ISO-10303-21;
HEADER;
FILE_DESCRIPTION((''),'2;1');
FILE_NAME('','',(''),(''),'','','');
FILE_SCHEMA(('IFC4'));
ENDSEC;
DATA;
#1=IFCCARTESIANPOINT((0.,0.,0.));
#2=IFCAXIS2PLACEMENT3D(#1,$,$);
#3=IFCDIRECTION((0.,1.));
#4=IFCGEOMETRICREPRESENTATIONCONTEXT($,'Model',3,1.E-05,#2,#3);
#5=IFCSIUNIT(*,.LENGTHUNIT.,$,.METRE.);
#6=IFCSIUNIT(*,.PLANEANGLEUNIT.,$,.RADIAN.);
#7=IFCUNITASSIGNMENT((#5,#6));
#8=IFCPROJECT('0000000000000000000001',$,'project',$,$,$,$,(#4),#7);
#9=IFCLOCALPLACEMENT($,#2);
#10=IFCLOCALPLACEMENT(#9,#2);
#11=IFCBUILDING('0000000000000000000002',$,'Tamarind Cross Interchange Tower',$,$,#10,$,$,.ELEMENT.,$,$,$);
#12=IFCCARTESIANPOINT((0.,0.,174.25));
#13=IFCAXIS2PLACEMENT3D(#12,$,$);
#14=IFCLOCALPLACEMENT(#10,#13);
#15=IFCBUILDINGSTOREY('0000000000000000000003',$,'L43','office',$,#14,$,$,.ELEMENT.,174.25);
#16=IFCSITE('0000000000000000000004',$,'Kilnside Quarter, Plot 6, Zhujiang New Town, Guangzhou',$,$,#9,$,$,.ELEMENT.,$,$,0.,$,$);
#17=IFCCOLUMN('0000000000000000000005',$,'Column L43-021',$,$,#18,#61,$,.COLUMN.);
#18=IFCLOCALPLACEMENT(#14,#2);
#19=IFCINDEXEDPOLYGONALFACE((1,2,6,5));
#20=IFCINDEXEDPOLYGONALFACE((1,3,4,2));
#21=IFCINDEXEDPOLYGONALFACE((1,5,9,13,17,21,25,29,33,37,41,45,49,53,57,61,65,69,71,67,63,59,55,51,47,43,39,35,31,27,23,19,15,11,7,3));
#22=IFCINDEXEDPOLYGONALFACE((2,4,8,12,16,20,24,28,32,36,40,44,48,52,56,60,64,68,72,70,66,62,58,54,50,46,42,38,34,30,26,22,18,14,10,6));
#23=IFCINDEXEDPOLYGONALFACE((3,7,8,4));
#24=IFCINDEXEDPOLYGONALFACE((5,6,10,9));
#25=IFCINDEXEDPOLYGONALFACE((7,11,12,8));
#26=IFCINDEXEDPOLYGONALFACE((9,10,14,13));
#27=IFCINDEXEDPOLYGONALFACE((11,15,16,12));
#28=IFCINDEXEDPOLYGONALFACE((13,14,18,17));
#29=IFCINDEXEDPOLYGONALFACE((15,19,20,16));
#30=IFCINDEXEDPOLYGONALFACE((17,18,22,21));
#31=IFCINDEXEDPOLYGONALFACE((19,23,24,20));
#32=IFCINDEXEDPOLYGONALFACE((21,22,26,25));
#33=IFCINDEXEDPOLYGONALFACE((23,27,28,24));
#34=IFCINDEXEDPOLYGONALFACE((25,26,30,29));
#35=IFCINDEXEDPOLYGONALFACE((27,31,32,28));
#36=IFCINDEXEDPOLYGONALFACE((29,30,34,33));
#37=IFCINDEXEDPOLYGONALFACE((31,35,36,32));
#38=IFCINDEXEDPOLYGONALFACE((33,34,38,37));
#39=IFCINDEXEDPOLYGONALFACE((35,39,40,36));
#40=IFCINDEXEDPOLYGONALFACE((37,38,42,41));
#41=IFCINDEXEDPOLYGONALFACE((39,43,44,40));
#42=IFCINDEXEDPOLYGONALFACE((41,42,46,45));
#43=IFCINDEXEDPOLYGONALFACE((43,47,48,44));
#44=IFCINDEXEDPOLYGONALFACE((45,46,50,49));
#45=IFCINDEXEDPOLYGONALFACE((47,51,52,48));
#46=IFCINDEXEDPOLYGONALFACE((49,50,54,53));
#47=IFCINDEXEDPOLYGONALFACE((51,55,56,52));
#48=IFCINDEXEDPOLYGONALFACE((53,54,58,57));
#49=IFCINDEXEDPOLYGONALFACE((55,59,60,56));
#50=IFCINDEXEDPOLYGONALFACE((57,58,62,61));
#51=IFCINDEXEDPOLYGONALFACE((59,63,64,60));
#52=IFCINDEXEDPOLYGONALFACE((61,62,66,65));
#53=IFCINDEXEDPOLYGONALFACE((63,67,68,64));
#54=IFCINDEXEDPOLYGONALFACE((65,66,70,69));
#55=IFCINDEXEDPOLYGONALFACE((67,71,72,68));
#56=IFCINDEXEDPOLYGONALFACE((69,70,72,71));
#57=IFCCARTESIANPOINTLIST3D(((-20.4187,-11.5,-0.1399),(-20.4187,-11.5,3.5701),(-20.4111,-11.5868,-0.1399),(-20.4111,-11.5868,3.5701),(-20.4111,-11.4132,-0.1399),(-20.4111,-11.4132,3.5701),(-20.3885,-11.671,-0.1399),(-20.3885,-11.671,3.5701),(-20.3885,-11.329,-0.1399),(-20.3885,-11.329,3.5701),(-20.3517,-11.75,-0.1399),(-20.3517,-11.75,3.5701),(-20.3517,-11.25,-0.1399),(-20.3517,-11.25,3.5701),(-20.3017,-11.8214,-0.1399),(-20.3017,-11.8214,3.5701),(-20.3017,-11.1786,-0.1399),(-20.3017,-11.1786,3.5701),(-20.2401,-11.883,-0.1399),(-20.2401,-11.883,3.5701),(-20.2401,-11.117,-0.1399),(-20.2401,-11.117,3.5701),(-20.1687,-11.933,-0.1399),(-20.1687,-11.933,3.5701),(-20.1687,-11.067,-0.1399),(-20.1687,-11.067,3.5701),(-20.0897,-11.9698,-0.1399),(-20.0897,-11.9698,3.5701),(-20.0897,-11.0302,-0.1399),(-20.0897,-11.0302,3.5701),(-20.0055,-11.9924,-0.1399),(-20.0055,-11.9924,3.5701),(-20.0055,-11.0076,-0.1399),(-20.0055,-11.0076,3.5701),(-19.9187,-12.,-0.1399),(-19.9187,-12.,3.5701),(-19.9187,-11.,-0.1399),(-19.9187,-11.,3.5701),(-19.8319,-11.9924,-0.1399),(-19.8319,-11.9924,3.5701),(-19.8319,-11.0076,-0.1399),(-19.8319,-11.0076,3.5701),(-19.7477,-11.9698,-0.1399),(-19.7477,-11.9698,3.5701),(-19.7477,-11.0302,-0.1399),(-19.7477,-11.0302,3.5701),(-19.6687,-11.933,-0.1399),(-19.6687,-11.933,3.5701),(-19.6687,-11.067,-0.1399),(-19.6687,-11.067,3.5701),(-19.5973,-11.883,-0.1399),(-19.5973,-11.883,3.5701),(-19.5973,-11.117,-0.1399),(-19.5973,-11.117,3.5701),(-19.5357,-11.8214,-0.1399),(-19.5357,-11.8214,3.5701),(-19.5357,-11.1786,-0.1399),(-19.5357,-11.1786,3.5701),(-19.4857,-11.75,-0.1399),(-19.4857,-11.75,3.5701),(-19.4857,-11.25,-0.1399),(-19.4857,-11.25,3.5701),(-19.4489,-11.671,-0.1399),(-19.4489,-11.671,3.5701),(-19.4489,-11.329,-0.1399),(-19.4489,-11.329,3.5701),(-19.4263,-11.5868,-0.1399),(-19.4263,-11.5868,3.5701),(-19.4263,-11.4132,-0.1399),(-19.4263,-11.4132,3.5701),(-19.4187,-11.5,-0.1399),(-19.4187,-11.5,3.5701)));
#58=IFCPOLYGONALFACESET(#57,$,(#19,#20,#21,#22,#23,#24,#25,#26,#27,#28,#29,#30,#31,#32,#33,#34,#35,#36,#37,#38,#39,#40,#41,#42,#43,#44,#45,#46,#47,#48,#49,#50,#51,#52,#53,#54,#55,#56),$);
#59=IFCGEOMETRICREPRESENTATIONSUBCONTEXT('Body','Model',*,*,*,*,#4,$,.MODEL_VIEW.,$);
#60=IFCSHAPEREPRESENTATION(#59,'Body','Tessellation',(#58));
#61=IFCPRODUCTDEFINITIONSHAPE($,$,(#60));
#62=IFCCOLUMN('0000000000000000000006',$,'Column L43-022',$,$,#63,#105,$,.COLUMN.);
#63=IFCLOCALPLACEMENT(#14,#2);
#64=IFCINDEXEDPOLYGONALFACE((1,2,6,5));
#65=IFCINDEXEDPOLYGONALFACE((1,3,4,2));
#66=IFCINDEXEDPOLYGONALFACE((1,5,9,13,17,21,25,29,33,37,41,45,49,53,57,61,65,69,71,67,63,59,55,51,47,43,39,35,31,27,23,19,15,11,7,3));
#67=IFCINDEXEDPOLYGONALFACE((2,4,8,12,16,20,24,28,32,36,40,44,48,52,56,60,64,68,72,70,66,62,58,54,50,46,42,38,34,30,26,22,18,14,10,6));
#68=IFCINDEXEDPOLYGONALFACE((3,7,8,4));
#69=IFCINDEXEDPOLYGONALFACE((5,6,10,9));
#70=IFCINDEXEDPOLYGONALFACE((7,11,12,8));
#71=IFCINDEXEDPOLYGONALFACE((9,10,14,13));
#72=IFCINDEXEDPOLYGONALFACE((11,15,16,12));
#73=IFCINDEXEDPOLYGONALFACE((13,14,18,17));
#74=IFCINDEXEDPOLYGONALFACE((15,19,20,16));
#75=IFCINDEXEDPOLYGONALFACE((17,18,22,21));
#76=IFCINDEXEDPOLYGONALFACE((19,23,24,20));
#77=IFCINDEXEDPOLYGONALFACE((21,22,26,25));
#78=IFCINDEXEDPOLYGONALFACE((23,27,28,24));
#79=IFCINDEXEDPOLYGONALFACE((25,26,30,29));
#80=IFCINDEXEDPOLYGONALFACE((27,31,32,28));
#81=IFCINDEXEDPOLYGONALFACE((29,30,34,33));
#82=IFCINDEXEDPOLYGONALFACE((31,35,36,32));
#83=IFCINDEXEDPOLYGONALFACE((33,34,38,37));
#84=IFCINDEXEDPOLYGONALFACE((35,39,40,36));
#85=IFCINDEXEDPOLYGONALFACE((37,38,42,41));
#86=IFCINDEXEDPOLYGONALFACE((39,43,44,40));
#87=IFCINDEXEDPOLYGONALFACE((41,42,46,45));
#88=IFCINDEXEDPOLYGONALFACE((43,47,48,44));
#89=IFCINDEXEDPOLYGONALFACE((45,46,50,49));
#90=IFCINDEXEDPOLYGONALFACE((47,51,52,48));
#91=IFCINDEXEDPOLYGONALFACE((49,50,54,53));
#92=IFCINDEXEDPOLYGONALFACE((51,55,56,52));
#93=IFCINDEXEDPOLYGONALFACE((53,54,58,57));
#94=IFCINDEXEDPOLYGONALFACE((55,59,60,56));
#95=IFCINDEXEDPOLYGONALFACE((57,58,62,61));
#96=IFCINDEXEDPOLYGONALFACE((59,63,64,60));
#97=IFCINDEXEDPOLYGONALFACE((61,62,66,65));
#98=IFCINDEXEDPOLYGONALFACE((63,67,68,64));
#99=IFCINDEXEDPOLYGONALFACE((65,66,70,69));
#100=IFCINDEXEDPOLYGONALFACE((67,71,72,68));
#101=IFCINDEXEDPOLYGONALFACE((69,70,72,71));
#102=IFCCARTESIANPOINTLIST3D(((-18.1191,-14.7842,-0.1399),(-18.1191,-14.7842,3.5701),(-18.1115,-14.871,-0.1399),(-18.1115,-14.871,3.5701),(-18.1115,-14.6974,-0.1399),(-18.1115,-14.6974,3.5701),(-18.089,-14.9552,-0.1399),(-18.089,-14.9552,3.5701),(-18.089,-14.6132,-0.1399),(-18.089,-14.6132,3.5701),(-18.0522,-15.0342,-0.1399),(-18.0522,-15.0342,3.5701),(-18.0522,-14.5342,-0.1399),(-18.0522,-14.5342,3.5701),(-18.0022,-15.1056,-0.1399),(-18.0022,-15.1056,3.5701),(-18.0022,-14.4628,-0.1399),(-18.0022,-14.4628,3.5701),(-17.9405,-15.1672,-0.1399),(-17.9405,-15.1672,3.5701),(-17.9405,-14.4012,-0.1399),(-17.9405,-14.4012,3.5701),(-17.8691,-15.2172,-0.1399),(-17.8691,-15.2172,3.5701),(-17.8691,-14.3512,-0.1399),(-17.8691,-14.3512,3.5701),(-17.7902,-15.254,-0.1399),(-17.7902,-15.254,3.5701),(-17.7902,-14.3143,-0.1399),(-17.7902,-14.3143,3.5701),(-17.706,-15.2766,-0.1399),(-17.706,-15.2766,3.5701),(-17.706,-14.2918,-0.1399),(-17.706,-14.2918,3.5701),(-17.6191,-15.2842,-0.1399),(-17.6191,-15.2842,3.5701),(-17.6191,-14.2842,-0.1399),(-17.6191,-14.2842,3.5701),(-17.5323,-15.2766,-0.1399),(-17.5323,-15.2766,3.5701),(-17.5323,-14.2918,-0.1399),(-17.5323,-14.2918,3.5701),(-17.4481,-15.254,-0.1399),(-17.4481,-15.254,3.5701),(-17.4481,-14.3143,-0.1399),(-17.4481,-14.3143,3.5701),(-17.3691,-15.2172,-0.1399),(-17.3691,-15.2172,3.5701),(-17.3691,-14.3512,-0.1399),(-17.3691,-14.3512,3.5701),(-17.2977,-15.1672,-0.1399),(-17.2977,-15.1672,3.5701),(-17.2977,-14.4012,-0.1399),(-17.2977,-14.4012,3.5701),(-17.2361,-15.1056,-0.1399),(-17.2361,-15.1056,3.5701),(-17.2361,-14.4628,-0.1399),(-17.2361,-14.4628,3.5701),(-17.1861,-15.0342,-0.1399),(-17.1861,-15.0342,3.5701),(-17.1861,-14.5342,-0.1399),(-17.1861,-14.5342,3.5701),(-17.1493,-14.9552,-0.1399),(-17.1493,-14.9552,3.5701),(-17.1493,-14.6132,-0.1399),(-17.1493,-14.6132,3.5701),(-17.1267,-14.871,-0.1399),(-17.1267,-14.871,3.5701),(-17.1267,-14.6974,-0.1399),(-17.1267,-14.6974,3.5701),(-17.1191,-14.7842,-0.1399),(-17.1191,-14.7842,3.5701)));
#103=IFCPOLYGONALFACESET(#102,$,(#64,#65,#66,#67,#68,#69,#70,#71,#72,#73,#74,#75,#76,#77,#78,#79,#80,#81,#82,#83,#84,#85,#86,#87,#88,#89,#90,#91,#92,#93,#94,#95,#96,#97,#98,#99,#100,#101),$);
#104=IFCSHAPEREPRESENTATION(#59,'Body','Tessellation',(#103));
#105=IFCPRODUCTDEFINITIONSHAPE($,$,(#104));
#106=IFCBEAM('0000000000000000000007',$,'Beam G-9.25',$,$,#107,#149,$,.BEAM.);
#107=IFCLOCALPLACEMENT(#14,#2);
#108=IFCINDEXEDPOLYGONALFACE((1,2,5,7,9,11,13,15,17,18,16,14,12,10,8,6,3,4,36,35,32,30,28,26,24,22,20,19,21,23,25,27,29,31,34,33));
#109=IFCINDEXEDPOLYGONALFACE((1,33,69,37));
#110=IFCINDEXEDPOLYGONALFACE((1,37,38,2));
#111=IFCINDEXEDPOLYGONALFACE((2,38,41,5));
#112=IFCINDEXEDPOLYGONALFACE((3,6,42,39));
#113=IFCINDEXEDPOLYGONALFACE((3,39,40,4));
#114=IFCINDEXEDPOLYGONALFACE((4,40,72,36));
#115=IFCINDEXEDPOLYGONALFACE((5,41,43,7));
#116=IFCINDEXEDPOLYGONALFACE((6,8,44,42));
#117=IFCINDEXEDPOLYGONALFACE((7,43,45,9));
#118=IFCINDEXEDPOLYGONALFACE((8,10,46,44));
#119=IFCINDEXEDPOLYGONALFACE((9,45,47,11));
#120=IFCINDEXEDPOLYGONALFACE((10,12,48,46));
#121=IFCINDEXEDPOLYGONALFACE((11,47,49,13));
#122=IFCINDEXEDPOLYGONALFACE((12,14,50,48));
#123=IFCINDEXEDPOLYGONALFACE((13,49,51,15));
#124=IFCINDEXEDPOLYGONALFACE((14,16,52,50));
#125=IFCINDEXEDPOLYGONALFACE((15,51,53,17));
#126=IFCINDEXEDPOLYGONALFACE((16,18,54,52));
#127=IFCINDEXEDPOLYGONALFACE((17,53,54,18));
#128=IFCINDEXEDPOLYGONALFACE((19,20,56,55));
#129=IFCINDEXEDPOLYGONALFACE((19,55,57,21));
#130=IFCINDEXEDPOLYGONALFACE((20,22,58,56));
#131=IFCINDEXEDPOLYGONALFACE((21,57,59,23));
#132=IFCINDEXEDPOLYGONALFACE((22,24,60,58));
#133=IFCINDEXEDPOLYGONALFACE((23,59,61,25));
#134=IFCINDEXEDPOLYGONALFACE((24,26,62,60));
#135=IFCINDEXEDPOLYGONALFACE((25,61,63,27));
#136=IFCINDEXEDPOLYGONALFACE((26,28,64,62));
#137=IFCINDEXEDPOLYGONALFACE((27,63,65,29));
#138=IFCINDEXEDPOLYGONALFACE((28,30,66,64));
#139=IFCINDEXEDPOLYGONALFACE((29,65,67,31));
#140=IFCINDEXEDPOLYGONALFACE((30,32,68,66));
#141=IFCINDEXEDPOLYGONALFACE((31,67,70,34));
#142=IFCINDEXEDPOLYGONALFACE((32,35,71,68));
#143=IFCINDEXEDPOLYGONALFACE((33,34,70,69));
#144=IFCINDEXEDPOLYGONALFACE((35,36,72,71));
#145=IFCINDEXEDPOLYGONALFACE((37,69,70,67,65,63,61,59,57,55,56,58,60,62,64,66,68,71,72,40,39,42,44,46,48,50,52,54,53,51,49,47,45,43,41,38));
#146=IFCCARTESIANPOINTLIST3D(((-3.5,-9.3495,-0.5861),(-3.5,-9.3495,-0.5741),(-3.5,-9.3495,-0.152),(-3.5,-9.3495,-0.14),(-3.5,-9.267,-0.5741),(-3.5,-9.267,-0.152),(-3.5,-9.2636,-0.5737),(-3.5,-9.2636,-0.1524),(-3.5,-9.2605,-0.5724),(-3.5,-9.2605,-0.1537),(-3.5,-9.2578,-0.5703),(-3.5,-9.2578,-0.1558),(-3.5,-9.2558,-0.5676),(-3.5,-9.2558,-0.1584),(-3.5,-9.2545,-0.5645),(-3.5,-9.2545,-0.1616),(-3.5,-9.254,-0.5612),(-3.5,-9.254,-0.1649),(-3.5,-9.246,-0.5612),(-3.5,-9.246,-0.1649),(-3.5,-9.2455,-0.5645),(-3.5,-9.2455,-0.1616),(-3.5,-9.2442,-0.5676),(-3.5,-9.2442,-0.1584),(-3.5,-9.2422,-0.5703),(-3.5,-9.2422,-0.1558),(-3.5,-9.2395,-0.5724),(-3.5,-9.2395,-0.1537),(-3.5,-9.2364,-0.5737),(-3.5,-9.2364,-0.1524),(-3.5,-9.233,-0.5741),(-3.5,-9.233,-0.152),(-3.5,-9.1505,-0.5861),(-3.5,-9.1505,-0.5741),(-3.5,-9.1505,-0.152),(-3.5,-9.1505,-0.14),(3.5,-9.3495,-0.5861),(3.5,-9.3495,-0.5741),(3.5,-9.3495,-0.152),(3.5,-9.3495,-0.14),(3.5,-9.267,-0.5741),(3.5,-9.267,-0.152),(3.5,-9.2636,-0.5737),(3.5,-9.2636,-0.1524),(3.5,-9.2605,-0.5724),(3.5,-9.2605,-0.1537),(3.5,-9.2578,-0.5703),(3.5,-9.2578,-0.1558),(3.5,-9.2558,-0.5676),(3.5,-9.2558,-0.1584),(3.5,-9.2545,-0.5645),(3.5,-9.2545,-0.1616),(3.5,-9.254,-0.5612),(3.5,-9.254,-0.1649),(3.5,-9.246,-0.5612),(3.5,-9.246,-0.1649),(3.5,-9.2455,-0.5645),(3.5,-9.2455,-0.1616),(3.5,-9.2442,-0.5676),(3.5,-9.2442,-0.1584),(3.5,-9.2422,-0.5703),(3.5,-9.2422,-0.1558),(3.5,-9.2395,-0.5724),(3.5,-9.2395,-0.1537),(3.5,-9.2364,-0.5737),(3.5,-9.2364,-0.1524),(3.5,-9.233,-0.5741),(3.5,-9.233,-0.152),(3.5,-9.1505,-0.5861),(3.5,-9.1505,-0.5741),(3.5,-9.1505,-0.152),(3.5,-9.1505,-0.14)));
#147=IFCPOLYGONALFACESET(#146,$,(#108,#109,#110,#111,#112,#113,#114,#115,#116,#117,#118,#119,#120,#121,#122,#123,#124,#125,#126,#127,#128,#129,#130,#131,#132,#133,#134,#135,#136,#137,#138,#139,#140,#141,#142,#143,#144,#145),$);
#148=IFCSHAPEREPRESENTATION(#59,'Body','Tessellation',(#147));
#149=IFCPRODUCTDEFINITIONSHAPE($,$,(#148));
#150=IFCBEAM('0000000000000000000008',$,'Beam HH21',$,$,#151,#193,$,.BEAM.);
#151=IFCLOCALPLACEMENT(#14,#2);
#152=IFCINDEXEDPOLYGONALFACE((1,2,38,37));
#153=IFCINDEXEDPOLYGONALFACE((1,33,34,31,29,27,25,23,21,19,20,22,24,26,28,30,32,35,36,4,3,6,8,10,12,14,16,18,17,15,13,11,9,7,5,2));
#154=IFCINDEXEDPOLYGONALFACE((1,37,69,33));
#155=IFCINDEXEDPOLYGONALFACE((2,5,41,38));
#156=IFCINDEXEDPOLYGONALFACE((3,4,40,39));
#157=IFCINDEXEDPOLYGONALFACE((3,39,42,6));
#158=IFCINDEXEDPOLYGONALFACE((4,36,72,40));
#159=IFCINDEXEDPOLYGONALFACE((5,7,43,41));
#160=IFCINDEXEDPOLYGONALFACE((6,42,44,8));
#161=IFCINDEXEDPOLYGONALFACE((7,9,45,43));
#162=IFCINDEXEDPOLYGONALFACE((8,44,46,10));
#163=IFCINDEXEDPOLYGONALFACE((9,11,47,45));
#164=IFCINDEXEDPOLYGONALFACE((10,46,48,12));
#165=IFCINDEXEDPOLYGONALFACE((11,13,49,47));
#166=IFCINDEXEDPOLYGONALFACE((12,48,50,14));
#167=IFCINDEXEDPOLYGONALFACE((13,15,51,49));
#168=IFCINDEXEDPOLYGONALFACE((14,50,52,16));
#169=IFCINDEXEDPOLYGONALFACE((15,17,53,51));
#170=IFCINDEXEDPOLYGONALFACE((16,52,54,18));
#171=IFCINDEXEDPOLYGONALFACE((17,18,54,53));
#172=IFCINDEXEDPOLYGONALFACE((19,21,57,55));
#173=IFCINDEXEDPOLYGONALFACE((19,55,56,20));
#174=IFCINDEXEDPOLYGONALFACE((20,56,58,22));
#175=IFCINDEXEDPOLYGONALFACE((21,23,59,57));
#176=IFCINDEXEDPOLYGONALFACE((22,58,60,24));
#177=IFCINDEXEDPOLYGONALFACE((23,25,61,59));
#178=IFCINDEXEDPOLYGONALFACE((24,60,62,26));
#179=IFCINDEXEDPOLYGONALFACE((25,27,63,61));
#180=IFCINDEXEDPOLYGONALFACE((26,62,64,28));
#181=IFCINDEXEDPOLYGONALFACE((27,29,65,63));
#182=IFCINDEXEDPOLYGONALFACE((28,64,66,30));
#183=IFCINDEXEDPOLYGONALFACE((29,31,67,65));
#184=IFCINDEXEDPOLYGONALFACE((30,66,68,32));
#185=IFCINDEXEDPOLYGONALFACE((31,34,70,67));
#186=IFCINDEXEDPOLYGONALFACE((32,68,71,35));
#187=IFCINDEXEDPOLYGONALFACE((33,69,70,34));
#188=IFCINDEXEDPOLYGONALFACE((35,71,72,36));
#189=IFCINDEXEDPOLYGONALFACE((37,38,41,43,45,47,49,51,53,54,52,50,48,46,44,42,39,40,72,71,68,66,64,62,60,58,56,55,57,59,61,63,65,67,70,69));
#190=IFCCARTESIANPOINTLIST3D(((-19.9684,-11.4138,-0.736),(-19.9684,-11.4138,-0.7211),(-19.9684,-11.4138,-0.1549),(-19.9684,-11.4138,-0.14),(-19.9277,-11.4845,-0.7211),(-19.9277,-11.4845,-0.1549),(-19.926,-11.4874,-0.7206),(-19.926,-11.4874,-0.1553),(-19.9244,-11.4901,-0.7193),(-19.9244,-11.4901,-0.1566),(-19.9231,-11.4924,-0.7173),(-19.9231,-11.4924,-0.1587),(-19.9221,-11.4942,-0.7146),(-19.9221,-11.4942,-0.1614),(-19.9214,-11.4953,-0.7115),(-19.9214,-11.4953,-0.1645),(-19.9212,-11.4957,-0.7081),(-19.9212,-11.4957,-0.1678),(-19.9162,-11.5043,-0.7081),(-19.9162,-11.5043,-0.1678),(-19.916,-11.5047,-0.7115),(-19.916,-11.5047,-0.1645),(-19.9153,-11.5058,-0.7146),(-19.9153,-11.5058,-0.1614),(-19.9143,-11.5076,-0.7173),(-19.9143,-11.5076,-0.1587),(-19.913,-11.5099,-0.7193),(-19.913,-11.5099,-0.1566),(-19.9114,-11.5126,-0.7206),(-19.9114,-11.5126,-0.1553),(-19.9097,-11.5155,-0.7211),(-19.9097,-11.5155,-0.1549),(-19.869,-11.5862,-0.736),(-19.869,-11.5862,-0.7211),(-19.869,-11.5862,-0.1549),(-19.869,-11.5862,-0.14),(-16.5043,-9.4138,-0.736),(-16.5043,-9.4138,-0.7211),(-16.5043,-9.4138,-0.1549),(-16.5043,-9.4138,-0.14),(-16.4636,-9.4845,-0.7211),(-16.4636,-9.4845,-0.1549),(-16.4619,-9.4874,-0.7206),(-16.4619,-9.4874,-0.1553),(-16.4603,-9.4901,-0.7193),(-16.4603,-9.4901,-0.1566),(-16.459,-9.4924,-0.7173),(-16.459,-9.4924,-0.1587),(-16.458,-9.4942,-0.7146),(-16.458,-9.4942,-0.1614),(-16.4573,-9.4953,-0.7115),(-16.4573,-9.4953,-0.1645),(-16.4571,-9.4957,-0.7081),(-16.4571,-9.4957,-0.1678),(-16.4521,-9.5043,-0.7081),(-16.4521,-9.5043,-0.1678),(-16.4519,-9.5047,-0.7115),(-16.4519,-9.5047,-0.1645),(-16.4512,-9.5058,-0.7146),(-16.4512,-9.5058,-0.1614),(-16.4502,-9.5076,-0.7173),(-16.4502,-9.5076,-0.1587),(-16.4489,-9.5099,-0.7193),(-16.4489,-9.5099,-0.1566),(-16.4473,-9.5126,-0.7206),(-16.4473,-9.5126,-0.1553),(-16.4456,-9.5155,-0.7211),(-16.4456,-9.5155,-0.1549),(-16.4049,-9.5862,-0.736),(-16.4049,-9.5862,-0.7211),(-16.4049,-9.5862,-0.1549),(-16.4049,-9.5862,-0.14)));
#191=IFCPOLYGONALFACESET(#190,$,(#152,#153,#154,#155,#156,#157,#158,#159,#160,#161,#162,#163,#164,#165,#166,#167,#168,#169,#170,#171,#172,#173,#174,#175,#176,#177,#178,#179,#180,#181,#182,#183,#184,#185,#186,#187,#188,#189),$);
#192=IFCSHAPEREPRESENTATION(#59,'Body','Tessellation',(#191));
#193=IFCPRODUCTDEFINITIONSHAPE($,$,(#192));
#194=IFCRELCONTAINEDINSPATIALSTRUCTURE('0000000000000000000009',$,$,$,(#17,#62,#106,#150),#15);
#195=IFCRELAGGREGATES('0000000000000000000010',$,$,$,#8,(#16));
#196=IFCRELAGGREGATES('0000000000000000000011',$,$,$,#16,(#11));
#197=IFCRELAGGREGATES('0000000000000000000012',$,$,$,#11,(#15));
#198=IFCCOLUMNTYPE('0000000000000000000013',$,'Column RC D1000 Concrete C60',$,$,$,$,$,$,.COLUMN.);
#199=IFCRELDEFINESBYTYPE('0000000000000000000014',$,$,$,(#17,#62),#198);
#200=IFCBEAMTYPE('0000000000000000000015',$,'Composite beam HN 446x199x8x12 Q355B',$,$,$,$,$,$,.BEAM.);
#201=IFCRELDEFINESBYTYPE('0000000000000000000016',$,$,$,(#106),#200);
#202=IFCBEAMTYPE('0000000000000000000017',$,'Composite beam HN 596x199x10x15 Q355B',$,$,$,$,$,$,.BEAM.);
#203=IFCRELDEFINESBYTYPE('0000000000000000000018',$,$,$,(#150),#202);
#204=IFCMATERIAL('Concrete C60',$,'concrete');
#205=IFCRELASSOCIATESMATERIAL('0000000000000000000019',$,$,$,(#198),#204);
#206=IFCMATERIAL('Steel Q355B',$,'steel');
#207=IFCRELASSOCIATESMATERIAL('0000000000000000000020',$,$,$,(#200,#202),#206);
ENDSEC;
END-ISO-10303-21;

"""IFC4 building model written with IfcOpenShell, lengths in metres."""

from ifc_helpers import new_model, si_unit, direction, frame, origin, origin_2d, place, context, subcontext, project, spatial, circle, i_section, extrude, material, material_profile, profile_set, type_object, element, save


model = new_model("IFC4")

# Units and contexts
model_context = context("Model", 3, precision=1e-05, world=origin(), true_north=direction((0.0, 1.0)))
body_context = subcontext(model_context, "Body", "Model", "MODEL_VIEW")
ifc_project = project(units=[si_unit("LENGTHUNIT", "METRE"), si_unit("PLANEANGLEUNIT", "RADIAN")], contexts=[model_context])

# Site, building, storey
site_placement = place(None, origin())
site = spatial("IfcSite", under=ifc_project, at=site_placement, Name="Kilnside Quarter, Plot 6, Zhujiang New Town, Guangzhou", CompositionType="ELEMENT", RefElevation=0.0)
building_placement = place(site_placement, origin())
building = spatial("IfcBuilding", under=site, at=building_placement, Name="Tamarind Cross Interchange Tower", CompositionType="ELEMENT")
storey_placement = place(building_placement, frame((0.0, 0.0, 174.25)))
storey = spatial("IfcBuildingStorey", under=building, at=storey_placement, Name="L43", Description="office", CompositionType="ELEMENT", Elevation=174.25)

# Columns
ifc_material_1 = material(Name="Concrete C60", Category="concrete")
ifc_material_profile_1 = material_profile(ifc_material_1, circle(Radius=0.5, at=origin_2d()), Name="RC D1000")
ifc_profile_set_1 = profile_set([ifc_material_profile_1], Name="Concrete C60")
column_type = type_object("IfcColumnType", Name="Column RC D1000 Concrete C60", PredefinedType="COLUMN", material=ifc_profile_set_1)
for number, where, z_axis, x_axis, name in (
    (1, (-19.9187, -11.5, -0.1399), (0.0, 0.0, 1.0), (1.0, 0.0, 0.0), "Column L43-021"),
    (2, (-17.6191, -14.7842, -0.1399), (0.0, 0.0, 1.0), (1.0, 0.0, 0.0), "Column L43-022"),
):
    element("IfcColumn", number, at=place(storey_placement, frame(where, z_axis=z_axis, x_axis=x_axis)), inside=storey, type_object=column_type, Name=name, PredefinedType="COLUMN", context=body_context, shape_type="SweptSolid", body=[
        extrude(circle(Radius=0.5, at=origin_2d()), origin(), (0.0, 0.0, 1.0), 3.71),
    ])

# Beams
ifc_material_2 = material(Name="Steel Q355B", Category="steel")
ifc_material_profile_2 = material_profile(ifc_material_2, i_section(OverallWidth=0.199, OverallDepth=0.446, WebThickness=0.0081, FlangeThickness=0.012, FilletRadius=0.0129, at=origin_2d()), Name="HN 446x199x8x12")
ifc_profile_set_2 = profile_set([ifc_material_profile_2], Name="Steel Q355B")
beam_type_1 = type_object("IfcBeamType", Name="Composite beam HN 446x199x8x12 Q355B", PredefinedType="BEAM", material=ifc_profile_set_2)
beam_1_placement = place(storey_placement, frame((-3.5, -9.25, -0.363), z_axis=(1.0, 0.0, 0.0), x_axis=(0.0, 1.0, 0.0)))
element("IfcBeam", 3, at=beam_1_placement, inside=storey, type_object=beam_type_1, Name="Beam G-9.25", PredefinedType="BEAM", context=body_context, shape_type="SweptSolid", body=[
    extrude(i_section(OverallWidth=0.199, OverallDepth=0.446, WebThickness=0.0081, FlangeThickness=0.012, FilletRadius=0.0129, at=origin_2d()), origin(), (0.0, 0.0, 1.0), 7.0),
])
ifc_material_profile_3 = material_profile(ifc_material_2, i_section(OverallWidth=0.199, OverallDepth=0.5959, WebThickness=0.01, FlangeThickness=0.0149, FilletRadius=0.0129, at=origin_2d()), Name="HN 596x199x10x15")
ifc_profile_set_3 = profile_set([ifc_material_profile_3], Name="Steel Q355B")
beam_type_2 = type_object("IfcBeamType", Name="Composite beam HN 596x199x10x15 Q355B", PredefinedType="BEAM", material=ifc_profile_set_3)
beam_2_placement = place(storey_placement, frame((-19.9187, -11.5, -0.438), z_axis=(0.866026, 0.499999, 0.0), x_axis=(-0.499999, 0.866026, 0.0)))
element("IfcBeam", 4, at=beam_2_placement, inside=storey, type_object=beam_type_2, Name="Beam HH21", PredefinedType="BEAM", context=body_context, shape_type="SweptSolid", body=[
    extrude(i_section(OverallWidth=0.199, OverallDepth=0.5959, WebThickness=0.01, FlangeThickness=0.0149, FilletRadius=0.0129, at=origin_2d()), origin(), (0.0, 0.0, 1.0), 4.0),
])

save(model, "model.ifc")
